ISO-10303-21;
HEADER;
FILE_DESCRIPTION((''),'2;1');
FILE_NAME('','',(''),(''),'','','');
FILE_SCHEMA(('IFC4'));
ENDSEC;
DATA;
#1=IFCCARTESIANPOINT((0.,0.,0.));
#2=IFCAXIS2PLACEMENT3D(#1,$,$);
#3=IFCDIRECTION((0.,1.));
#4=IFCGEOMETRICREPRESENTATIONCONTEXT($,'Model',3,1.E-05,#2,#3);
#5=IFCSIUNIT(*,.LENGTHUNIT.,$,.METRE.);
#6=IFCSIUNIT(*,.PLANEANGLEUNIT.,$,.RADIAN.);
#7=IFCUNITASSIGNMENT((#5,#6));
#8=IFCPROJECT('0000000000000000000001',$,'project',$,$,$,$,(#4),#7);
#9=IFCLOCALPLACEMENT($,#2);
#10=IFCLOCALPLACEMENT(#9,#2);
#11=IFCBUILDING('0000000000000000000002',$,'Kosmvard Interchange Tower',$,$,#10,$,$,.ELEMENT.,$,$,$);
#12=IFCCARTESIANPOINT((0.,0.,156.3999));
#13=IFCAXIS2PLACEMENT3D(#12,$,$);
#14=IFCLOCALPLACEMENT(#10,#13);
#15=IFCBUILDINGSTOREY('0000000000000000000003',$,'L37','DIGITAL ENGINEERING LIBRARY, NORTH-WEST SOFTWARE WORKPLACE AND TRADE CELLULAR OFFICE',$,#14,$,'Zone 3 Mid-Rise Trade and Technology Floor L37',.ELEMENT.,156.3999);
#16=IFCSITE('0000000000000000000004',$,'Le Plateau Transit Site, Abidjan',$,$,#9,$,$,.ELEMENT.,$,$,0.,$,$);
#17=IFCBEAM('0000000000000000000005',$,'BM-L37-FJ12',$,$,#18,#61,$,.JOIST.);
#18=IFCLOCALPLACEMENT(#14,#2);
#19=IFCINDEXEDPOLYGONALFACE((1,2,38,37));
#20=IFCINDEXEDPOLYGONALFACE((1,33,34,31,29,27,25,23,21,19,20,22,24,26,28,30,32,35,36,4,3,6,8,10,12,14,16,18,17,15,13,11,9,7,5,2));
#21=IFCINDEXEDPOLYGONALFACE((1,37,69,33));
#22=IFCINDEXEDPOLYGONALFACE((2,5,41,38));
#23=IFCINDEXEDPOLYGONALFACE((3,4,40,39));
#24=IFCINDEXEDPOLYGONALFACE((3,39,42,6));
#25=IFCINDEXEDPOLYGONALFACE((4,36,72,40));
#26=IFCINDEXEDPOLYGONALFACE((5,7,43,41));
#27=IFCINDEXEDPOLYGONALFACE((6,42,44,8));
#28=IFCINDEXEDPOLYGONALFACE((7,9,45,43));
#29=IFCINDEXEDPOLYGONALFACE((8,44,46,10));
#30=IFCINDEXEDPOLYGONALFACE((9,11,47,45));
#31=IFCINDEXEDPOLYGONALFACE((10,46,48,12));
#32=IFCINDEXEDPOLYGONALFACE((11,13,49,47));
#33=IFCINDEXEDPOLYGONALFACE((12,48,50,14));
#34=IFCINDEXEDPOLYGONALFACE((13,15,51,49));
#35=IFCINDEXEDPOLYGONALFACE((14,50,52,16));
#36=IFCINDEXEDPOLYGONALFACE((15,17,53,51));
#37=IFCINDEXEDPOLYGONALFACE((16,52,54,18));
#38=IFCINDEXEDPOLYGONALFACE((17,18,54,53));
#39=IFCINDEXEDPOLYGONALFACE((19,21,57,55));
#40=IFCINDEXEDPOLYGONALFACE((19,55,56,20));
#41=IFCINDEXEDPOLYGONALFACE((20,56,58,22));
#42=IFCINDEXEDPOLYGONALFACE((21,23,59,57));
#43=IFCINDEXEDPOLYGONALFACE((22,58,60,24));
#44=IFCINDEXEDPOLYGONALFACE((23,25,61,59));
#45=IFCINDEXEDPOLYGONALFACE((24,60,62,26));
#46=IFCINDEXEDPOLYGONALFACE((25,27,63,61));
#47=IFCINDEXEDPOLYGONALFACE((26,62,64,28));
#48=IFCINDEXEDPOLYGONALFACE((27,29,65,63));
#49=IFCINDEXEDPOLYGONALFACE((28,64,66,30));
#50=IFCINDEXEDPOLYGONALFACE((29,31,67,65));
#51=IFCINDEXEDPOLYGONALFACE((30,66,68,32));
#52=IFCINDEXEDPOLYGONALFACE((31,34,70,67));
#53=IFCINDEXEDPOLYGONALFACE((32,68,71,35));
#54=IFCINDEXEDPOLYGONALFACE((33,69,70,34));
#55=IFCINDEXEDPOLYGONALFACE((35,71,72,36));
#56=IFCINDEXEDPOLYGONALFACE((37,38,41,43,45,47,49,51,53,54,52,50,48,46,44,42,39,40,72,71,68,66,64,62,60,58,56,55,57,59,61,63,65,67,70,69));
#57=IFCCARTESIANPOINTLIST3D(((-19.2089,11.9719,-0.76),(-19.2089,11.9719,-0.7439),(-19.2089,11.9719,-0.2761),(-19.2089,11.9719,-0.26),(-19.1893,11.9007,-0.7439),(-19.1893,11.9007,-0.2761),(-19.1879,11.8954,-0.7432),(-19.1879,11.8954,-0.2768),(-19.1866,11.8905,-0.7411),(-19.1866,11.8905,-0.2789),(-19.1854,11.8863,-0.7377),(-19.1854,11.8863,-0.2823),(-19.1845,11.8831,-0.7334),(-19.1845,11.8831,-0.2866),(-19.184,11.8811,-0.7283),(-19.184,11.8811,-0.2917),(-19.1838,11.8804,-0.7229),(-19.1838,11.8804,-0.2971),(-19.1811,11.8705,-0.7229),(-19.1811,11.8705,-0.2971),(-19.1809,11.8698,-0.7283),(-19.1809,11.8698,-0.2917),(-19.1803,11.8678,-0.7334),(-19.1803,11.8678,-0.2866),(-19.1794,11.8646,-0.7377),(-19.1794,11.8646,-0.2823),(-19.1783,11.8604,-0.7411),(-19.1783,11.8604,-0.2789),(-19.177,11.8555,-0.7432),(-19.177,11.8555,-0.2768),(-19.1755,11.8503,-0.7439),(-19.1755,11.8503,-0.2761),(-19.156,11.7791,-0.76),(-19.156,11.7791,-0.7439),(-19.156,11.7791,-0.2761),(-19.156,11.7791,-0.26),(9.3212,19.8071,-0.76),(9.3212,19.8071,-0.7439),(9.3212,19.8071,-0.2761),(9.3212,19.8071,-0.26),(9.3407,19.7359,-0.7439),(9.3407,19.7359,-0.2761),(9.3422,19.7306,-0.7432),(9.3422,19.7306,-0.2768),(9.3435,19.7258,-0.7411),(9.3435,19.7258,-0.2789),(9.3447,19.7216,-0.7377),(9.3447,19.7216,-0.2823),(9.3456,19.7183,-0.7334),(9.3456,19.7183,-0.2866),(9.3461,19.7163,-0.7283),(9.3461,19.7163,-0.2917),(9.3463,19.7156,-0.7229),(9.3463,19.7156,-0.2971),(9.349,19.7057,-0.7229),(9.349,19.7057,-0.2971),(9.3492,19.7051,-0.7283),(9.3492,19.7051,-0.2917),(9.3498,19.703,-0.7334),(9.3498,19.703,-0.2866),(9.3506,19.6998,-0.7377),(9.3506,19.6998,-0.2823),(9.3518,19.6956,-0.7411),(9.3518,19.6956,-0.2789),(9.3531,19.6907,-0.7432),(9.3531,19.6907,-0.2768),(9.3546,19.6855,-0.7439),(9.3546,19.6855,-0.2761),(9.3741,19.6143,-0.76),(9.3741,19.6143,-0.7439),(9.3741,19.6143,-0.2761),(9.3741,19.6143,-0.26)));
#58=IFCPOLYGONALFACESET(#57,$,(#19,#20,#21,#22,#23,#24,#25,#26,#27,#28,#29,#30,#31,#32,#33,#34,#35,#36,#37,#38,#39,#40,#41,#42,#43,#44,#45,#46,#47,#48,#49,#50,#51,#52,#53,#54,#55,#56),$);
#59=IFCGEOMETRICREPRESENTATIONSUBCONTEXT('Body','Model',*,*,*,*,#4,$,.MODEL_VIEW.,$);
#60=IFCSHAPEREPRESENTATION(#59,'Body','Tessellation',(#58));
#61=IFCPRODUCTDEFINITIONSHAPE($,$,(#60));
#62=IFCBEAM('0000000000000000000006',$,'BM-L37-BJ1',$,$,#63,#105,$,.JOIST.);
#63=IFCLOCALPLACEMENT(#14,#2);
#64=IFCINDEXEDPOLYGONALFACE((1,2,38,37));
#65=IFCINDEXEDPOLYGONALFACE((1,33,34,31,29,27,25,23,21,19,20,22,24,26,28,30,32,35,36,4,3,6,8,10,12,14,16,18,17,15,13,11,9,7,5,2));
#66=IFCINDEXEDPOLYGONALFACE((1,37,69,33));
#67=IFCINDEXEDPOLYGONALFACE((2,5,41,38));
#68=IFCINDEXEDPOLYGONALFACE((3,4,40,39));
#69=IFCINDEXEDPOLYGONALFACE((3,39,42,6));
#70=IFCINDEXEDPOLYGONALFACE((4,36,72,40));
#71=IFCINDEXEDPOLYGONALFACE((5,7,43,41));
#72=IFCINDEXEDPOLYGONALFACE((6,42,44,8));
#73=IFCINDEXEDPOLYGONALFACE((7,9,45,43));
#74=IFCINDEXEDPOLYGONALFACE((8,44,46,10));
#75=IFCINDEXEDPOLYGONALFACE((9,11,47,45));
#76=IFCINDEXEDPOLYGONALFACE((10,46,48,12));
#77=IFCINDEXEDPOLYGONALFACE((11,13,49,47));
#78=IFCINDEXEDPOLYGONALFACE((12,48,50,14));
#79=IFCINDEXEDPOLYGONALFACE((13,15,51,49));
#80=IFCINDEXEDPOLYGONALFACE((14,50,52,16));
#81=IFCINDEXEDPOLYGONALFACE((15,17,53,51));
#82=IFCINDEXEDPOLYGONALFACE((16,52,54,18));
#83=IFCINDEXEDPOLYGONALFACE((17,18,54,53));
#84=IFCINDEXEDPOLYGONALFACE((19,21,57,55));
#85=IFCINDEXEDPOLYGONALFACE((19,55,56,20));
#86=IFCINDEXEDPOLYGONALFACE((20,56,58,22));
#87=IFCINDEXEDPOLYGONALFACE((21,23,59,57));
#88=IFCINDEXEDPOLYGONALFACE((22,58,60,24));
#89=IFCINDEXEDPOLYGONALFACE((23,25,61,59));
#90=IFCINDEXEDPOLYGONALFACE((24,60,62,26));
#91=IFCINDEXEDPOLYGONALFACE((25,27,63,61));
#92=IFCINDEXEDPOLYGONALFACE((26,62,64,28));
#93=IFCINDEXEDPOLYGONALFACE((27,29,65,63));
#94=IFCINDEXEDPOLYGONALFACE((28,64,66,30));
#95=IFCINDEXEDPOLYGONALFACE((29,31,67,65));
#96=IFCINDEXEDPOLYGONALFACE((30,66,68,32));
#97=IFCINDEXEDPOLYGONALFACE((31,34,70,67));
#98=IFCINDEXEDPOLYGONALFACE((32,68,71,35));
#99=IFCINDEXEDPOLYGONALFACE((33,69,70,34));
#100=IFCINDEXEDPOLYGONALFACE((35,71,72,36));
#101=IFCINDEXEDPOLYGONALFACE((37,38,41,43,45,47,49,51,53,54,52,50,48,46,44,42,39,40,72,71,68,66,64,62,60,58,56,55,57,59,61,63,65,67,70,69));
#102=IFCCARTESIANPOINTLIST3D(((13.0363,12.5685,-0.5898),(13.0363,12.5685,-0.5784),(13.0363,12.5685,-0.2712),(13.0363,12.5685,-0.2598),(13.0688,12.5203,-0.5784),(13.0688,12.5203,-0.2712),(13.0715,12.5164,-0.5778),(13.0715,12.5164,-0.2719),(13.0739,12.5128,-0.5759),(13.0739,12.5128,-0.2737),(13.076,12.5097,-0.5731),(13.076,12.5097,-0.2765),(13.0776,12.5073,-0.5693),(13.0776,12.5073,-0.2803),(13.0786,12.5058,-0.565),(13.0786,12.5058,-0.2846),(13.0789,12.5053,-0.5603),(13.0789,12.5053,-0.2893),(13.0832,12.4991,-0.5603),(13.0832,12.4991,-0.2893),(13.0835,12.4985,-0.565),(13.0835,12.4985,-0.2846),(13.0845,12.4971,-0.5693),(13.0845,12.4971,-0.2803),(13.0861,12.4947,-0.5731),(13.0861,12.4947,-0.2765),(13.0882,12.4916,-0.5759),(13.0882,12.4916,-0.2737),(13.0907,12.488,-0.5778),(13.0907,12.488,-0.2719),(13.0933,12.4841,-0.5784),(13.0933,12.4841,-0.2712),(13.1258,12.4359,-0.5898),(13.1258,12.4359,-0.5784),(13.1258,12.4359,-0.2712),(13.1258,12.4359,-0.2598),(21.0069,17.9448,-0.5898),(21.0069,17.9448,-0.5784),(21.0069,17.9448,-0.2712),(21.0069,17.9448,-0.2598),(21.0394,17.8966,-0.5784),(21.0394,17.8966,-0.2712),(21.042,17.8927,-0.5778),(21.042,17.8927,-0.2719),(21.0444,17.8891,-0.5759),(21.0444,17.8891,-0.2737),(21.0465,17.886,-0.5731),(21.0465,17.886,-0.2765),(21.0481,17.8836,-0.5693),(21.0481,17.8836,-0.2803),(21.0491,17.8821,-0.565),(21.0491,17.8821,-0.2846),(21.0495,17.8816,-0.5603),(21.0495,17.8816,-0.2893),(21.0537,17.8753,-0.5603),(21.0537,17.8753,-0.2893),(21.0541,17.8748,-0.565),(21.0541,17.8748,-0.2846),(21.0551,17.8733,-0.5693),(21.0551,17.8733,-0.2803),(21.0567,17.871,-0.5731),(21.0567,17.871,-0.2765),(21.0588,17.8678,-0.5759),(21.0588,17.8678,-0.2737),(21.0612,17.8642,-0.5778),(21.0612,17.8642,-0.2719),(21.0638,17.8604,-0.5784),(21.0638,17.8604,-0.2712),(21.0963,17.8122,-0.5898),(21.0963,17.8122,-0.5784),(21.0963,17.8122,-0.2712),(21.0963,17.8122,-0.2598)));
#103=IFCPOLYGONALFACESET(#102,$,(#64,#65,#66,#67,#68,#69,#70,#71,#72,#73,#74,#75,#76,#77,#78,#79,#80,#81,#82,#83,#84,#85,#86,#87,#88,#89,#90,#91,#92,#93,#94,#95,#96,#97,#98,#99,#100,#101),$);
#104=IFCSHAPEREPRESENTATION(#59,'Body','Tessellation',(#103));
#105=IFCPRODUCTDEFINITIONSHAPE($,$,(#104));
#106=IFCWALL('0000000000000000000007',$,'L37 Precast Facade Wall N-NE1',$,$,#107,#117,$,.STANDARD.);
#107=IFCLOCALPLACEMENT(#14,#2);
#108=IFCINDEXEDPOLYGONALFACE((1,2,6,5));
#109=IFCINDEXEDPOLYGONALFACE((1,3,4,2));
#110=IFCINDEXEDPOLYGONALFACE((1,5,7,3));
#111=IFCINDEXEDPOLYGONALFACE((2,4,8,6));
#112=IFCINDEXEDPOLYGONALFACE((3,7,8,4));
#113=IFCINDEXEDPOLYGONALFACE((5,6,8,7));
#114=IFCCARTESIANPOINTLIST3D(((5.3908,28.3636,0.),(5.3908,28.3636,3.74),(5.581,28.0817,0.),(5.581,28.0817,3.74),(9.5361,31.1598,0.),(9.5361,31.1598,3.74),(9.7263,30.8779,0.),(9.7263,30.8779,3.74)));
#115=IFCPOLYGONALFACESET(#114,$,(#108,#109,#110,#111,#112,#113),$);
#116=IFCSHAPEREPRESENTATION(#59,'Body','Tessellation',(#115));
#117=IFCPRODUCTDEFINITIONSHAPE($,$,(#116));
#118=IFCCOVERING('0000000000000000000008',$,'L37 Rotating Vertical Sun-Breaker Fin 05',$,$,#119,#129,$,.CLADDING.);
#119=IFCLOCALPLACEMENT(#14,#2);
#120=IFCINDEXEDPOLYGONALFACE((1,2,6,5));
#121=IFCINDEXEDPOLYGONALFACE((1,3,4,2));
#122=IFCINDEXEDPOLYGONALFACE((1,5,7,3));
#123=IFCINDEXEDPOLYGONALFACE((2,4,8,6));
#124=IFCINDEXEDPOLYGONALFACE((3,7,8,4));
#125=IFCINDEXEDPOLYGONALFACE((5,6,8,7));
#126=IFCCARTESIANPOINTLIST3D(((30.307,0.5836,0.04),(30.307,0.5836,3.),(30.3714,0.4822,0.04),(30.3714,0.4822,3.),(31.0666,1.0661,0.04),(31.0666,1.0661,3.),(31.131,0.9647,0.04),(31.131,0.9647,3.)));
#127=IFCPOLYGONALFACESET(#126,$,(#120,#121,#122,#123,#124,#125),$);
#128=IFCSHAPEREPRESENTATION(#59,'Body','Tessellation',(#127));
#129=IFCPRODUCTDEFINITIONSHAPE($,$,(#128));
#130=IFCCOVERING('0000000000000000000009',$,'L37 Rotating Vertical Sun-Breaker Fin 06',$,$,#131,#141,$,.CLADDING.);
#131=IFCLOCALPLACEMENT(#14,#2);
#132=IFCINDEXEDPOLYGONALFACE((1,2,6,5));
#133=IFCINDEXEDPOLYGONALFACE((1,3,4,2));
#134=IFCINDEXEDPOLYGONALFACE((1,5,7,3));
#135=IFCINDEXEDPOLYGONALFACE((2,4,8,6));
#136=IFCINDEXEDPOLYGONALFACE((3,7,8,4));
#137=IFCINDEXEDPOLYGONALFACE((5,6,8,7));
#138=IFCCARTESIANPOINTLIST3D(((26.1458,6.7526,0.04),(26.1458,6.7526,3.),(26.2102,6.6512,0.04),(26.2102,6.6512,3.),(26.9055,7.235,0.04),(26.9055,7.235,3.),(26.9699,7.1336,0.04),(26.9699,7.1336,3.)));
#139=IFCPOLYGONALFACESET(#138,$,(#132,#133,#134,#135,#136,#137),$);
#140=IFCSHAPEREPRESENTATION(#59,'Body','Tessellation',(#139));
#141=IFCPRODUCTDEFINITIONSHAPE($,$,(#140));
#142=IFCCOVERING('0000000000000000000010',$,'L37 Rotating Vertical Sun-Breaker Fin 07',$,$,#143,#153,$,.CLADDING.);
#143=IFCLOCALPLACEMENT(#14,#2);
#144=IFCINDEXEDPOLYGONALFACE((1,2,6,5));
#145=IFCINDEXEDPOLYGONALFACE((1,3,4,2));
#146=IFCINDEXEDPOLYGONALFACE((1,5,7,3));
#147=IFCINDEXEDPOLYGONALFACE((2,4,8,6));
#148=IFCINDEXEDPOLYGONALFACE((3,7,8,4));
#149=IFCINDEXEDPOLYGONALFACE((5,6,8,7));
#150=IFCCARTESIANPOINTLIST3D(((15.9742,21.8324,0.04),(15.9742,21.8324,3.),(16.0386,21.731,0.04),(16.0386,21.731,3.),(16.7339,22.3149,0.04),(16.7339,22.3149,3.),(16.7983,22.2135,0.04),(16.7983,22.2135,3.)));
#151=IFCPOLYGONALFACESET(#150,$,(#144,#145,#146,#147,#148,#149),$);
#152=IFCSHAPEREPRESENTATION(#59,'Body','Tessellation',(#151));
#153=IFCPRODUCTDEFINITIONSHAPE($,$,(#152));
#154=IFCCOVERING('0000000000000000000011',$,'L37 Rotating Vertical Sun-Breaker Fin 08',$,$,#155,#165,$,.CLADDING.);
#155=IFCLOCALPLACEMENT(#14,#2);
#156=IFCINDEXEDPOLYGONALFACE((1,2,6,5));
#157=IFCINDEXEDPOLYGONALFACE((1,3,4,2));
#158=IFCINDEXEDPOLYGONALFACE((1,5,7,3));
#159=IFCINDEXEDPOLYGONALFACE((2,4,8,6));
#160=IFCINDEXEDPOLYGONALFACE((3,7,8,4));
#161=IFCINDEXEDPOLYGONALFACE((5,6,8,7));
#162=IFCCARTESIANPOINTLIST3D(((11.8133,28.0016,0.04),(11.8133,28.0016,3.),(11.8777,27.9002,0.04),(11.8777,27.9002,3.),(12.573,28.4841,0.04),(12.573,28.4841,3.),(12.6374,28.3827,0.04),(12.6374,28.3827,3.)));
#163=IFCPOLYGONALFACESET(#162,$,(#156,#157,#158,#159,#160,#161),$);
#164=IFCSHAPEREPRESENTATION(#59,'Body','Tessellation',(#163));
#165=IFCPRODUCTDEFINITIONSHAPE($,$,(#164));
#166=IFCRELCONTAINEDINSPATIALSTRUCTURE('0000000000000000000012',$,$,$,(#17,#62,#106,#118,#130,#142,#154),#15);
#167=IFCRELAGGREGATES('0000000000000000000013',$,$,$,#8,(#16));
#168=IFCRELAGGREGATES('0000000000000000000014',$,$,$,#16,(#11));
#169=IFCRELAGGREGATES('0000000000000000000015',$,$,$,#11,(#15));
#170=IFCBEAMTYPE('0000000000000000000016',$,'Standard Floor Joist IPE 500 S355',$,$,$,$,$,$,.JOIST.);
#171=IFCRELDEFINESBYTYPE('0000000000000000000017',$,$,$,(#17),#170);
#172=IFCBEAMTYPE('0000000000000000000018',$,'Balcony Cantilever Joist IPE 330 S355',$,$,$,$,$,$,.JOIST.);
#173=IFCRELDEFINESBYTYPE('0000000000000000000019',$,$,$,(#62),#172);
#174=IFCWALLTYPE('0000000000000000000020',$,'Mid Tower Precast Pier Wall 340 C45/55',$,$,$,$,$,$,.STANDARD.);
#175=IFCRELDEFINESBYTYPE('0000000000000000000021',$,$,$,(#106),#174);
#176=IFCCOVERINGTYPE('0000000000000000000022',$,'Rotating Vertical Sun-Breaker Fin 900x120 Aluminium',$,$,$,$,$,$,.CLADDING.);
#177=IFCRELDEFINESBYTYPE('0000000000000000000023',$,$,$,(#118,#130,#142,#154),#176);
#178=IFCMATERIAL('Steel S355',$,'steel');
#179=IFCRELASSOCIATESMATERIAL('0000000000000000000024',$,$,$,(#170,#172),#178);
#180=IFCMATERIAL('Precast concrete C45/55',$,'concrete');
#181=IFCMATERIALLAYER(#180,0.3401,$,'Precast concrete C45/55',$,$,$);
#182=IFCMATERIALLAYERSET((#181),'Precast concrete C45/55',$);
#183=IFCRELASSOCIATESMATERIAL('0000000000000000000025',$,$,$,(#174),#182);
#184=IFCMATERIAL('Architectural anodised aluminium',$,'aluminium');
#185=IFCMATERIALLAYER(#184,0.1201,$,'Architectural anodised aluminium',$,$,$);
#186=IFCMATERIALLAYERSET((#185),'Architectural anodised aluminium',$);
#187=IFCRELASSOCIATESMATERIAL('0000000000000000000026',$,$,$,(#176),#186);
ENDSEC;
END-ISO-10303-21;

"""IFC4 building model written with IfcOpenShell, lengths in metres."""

from ifc_helpers import new_model, si_unit, direction, frame, frame_2d, origin, origin_2d, place, context, subcontext, project, spatial, rectangle, i_section, extrude, source, transform, mapped, material, layer, layer_set, material_profile, profile_set, type_object, element, save


model = new_model("IFC4")

# Units and contexts
model_context = context("Model", 3, precision=1e-05, world=origin(), true_north=direction((0.0, 1.0)))
body_context = subcontext(model_context, "Body", "Model", "MODEL_VIEW")
ifc_project = project(units=[si_unit("LENGTHUNIT", "METRE"), si_unit("PLANEANGLEUNIT", "RADIAN")], contexts=[model_context])

# Site, building, storey
site_placement = place(None, origin())
site = spatial("IfcSite", under=ifc_project, at=site_placement, Name="Le Plateau Transit Site, Abidjan", CompositionType="ELEMENT", RefElevation=0.0)
building_placement = place(site_placement, origin())
building = spatial("IfcBuilding", under=site, at=building_placement, Name="Kosmvard Interchange Tower", CompositionType="ELEMENT")
storey_placement = place(building_placement, frame((0.0, 0.0, 156.3999)))
storey = spatial("IfcBuildingStorey", under=building, at=storey_placement, Name="L37", Description="DIGITAL ENGINEERING LIBRARY, NORTH-WEST SOFTWARE WORKPLACE AND TRADE CELLULAR OFFICE", LongName="Zone 3 Mid-Rise Trade and Technology Floor L37", CompositionType="ELEMENT", Elevation=156.3999)

# Beams
ifc_material_1 = material(Name="Steel S355", Category="steel")
ifc_material_2 = material(Name="Precast concrete C45/55", Category="concrete")
ifc_material_profile_1 = material_profile(ifc_material_1, i_section(OverallWidth=0.2, OverallDepth=0.5, WebThickness=0.0103, FlangeThickness=0.0161, FilletRadius=0.021, at=origin_2d()), Name="IPE 500")
ifc_profile_set_1 = profile_set([ifc_material_profile_1], Name="Steel S355")
beam_type_1 = type_object("IfcBeamType", Name="Standard Floor Joist IPE 500 S355", PredefinedType="JOIST", material=ifc_profile_set_1)
shared_shape_1 = source(origin(), body_context, "Body", "SweptSolid", [
    extrude(i_section(OverallWidth=0.2, OverallDepth=0.5, WebThickness=0.0103, FlangeThickness=0.0161, FilletRadius=0.021, at=origin_2d()), origin(), (0.0, 0.0, 1.0), 29.5864),
])
beam_1_placement = place(storey_placement, frame((9.3477, 19.7107, -0.51), z_axis=(-0.964297, -0.264825, 0.0), x_axis=(0.264825, -0.964297, 0.0)))
element("IfcBeam", 1, at=beam_1_placement, inside=storey, type_object=beam_type_1, Name="BM-L37-FJ12", PredefinedType="JOIST", context=body_context, shape_type="MappedRepresentation", body=[
    mapped(shared_shape_1, transform((0.0, 0.0, 0.0), scale=1.0)),
])
ifc_material_profile_2 = material_profile(ifc_material_1, i_section(OverallWidth=0.1599, OverallDepth=0.3301, WebThickness=0.0076, FlangeThickness=0.0115, FilletRadius=0.0181, at=origin_2d()), Name="IPE 330")
ifc_profile_set_2 = profile_set([ifc_material_profile_2], Name="Steel S355")
beam_type_2 = type_object("IfcBeamType", Name="Balcony Cantilever Joist IPE 330 S355", PredefinedType="JOIST", material=ifc_profile_set_2)
shared_shape_2 = source(origin(), body_context, "Body", "SweptSolid", [
    extrude(i_section(OverallWidth=0.1599, OverallDepth=0.3301, WebThickness=0.0076, FlangeThickness=0.0115, FilletRadius=0.0181, at=origin_2d()), origin(), (0.0, 0.0, 1.0), 9.6143),
])
beam_2_placement = place(storey_placement, frame((13.0811, 12.5022, -0.4248), z_axis=(0.829034, 0.559198, 0.0), x_axis=(-0.559198, 0.829034, 0.0)))
element("IfcBeam", 2, at=beam_2_placement, inside=storey, type_object=beam_type_2, Name="BM-L37-BJ1", PredefinedType="JOIST", context=body_context, shape_type="MappedRepresentation", body=[
    mapped(shared_shape_2, transform((0.0, 0.0, 0.0), scale=1.0)),
])

# Wall
ifc_layer_1 = layer(ifc_material_2, 0.3401, Name="Precast concrete C45/55")
ifc_layer_set_1 = layer_set([ifc_layer_1], Name="Precast concrete C45/55")
wall_type = type_object("IfcWallType", Name="Mid Tower Precast Pier Wall 340 C45/55", PredefinedType="STANDARD", material=ifc_layer_set_1)
wall_placement = place(storey_placement, frame((9.6311, 31.0188, 0.0), z_axis=(0.0, 0.0, 1.0), x_axis=(-0.829026, -0.55921, 0.0)))
element("IfcWall", 3, at=wall_placement, inside=storey, type_object=wall_type, Name="L37 Precast Facade Wall N-NE1", PredefinedType="STANDARD", context=body_context, shape_type="SweptSolid", body=[
    extrude(rectangle(XDim=5.0002, YDim=0.3401, at=frame_2d((2.5, 0.0))), origin(), (0.0, 0.0, 1.0), 3.74),
])

# Coverings
ifc_material_3 = material(Name="Architectural anodised aluminium", Category="aluminium")
ifc_layer_2 = layer(ifc_material_3, 0.1201, Name="Architectural anodised aluminium")
ifc_layer_set_2 = layer_set([ifc_layer_2], Name="Architectural anodised aluminium")
covering_type = type_object("IfcCoveringType", Name="Rotating Vertical Sun-Breaker Fin 900x120 Aluminium", PredefinedType="CLADDING", material=ifc_layer_set_2)
shared_shape_3 = source(origin(), body_context, "Body", "SweptSolid", [
    extrude(rectangle(XDim=0.8999, YDim=0.1201, at=origin_2d()), origin(), (0.0, 0.0, 1.0), 2.96),
])
for number, where, z_axis, x_axis, name in (
    (4, (30.719, 0.7742, 0.04), (0.0, 0.0, 1.0), (0.844141, 0.536121, 0.0), "L37 Rotating Vertical Sun-Breaker Fin 05"),
    (5, (26.5579, 6.9431, 0.04), (0.0, 0.0, 1.0), (0.844141, 0.536121, 0.0), "L37 Rotating Vertical Sun-Breaker Fin 06"),
    (6, (16.3862, 22.0229, 0.04), (0.0, 0.0, 1.0), (0.844141, 0.536121, 0.0), "L37 Rotating Vertical Sun-Breaker Fin 07"),
    (7, (12.2253, 28.1921, 0.04), (0.0, 0.0, 1.0), (0.844141, 0.536121, 0.0), "L37 Rotating Vertical Sun-Breaker Fin 08"),
):
    element("IfcCovering", number, at=place(storey_placement, frame(where, z_axis=z_axis, x_axis=x_axis)), inside=storey, type_object=covering_type, Name=name, PredefinedType="CLADDING", context=body_context, shape_type="MappedRepresentation", body=[
        mapped(shared_shape_3, transform((0.0, 0.0, 0.0), scale=1.0)),
    ])

save(model, "model.ifc")
